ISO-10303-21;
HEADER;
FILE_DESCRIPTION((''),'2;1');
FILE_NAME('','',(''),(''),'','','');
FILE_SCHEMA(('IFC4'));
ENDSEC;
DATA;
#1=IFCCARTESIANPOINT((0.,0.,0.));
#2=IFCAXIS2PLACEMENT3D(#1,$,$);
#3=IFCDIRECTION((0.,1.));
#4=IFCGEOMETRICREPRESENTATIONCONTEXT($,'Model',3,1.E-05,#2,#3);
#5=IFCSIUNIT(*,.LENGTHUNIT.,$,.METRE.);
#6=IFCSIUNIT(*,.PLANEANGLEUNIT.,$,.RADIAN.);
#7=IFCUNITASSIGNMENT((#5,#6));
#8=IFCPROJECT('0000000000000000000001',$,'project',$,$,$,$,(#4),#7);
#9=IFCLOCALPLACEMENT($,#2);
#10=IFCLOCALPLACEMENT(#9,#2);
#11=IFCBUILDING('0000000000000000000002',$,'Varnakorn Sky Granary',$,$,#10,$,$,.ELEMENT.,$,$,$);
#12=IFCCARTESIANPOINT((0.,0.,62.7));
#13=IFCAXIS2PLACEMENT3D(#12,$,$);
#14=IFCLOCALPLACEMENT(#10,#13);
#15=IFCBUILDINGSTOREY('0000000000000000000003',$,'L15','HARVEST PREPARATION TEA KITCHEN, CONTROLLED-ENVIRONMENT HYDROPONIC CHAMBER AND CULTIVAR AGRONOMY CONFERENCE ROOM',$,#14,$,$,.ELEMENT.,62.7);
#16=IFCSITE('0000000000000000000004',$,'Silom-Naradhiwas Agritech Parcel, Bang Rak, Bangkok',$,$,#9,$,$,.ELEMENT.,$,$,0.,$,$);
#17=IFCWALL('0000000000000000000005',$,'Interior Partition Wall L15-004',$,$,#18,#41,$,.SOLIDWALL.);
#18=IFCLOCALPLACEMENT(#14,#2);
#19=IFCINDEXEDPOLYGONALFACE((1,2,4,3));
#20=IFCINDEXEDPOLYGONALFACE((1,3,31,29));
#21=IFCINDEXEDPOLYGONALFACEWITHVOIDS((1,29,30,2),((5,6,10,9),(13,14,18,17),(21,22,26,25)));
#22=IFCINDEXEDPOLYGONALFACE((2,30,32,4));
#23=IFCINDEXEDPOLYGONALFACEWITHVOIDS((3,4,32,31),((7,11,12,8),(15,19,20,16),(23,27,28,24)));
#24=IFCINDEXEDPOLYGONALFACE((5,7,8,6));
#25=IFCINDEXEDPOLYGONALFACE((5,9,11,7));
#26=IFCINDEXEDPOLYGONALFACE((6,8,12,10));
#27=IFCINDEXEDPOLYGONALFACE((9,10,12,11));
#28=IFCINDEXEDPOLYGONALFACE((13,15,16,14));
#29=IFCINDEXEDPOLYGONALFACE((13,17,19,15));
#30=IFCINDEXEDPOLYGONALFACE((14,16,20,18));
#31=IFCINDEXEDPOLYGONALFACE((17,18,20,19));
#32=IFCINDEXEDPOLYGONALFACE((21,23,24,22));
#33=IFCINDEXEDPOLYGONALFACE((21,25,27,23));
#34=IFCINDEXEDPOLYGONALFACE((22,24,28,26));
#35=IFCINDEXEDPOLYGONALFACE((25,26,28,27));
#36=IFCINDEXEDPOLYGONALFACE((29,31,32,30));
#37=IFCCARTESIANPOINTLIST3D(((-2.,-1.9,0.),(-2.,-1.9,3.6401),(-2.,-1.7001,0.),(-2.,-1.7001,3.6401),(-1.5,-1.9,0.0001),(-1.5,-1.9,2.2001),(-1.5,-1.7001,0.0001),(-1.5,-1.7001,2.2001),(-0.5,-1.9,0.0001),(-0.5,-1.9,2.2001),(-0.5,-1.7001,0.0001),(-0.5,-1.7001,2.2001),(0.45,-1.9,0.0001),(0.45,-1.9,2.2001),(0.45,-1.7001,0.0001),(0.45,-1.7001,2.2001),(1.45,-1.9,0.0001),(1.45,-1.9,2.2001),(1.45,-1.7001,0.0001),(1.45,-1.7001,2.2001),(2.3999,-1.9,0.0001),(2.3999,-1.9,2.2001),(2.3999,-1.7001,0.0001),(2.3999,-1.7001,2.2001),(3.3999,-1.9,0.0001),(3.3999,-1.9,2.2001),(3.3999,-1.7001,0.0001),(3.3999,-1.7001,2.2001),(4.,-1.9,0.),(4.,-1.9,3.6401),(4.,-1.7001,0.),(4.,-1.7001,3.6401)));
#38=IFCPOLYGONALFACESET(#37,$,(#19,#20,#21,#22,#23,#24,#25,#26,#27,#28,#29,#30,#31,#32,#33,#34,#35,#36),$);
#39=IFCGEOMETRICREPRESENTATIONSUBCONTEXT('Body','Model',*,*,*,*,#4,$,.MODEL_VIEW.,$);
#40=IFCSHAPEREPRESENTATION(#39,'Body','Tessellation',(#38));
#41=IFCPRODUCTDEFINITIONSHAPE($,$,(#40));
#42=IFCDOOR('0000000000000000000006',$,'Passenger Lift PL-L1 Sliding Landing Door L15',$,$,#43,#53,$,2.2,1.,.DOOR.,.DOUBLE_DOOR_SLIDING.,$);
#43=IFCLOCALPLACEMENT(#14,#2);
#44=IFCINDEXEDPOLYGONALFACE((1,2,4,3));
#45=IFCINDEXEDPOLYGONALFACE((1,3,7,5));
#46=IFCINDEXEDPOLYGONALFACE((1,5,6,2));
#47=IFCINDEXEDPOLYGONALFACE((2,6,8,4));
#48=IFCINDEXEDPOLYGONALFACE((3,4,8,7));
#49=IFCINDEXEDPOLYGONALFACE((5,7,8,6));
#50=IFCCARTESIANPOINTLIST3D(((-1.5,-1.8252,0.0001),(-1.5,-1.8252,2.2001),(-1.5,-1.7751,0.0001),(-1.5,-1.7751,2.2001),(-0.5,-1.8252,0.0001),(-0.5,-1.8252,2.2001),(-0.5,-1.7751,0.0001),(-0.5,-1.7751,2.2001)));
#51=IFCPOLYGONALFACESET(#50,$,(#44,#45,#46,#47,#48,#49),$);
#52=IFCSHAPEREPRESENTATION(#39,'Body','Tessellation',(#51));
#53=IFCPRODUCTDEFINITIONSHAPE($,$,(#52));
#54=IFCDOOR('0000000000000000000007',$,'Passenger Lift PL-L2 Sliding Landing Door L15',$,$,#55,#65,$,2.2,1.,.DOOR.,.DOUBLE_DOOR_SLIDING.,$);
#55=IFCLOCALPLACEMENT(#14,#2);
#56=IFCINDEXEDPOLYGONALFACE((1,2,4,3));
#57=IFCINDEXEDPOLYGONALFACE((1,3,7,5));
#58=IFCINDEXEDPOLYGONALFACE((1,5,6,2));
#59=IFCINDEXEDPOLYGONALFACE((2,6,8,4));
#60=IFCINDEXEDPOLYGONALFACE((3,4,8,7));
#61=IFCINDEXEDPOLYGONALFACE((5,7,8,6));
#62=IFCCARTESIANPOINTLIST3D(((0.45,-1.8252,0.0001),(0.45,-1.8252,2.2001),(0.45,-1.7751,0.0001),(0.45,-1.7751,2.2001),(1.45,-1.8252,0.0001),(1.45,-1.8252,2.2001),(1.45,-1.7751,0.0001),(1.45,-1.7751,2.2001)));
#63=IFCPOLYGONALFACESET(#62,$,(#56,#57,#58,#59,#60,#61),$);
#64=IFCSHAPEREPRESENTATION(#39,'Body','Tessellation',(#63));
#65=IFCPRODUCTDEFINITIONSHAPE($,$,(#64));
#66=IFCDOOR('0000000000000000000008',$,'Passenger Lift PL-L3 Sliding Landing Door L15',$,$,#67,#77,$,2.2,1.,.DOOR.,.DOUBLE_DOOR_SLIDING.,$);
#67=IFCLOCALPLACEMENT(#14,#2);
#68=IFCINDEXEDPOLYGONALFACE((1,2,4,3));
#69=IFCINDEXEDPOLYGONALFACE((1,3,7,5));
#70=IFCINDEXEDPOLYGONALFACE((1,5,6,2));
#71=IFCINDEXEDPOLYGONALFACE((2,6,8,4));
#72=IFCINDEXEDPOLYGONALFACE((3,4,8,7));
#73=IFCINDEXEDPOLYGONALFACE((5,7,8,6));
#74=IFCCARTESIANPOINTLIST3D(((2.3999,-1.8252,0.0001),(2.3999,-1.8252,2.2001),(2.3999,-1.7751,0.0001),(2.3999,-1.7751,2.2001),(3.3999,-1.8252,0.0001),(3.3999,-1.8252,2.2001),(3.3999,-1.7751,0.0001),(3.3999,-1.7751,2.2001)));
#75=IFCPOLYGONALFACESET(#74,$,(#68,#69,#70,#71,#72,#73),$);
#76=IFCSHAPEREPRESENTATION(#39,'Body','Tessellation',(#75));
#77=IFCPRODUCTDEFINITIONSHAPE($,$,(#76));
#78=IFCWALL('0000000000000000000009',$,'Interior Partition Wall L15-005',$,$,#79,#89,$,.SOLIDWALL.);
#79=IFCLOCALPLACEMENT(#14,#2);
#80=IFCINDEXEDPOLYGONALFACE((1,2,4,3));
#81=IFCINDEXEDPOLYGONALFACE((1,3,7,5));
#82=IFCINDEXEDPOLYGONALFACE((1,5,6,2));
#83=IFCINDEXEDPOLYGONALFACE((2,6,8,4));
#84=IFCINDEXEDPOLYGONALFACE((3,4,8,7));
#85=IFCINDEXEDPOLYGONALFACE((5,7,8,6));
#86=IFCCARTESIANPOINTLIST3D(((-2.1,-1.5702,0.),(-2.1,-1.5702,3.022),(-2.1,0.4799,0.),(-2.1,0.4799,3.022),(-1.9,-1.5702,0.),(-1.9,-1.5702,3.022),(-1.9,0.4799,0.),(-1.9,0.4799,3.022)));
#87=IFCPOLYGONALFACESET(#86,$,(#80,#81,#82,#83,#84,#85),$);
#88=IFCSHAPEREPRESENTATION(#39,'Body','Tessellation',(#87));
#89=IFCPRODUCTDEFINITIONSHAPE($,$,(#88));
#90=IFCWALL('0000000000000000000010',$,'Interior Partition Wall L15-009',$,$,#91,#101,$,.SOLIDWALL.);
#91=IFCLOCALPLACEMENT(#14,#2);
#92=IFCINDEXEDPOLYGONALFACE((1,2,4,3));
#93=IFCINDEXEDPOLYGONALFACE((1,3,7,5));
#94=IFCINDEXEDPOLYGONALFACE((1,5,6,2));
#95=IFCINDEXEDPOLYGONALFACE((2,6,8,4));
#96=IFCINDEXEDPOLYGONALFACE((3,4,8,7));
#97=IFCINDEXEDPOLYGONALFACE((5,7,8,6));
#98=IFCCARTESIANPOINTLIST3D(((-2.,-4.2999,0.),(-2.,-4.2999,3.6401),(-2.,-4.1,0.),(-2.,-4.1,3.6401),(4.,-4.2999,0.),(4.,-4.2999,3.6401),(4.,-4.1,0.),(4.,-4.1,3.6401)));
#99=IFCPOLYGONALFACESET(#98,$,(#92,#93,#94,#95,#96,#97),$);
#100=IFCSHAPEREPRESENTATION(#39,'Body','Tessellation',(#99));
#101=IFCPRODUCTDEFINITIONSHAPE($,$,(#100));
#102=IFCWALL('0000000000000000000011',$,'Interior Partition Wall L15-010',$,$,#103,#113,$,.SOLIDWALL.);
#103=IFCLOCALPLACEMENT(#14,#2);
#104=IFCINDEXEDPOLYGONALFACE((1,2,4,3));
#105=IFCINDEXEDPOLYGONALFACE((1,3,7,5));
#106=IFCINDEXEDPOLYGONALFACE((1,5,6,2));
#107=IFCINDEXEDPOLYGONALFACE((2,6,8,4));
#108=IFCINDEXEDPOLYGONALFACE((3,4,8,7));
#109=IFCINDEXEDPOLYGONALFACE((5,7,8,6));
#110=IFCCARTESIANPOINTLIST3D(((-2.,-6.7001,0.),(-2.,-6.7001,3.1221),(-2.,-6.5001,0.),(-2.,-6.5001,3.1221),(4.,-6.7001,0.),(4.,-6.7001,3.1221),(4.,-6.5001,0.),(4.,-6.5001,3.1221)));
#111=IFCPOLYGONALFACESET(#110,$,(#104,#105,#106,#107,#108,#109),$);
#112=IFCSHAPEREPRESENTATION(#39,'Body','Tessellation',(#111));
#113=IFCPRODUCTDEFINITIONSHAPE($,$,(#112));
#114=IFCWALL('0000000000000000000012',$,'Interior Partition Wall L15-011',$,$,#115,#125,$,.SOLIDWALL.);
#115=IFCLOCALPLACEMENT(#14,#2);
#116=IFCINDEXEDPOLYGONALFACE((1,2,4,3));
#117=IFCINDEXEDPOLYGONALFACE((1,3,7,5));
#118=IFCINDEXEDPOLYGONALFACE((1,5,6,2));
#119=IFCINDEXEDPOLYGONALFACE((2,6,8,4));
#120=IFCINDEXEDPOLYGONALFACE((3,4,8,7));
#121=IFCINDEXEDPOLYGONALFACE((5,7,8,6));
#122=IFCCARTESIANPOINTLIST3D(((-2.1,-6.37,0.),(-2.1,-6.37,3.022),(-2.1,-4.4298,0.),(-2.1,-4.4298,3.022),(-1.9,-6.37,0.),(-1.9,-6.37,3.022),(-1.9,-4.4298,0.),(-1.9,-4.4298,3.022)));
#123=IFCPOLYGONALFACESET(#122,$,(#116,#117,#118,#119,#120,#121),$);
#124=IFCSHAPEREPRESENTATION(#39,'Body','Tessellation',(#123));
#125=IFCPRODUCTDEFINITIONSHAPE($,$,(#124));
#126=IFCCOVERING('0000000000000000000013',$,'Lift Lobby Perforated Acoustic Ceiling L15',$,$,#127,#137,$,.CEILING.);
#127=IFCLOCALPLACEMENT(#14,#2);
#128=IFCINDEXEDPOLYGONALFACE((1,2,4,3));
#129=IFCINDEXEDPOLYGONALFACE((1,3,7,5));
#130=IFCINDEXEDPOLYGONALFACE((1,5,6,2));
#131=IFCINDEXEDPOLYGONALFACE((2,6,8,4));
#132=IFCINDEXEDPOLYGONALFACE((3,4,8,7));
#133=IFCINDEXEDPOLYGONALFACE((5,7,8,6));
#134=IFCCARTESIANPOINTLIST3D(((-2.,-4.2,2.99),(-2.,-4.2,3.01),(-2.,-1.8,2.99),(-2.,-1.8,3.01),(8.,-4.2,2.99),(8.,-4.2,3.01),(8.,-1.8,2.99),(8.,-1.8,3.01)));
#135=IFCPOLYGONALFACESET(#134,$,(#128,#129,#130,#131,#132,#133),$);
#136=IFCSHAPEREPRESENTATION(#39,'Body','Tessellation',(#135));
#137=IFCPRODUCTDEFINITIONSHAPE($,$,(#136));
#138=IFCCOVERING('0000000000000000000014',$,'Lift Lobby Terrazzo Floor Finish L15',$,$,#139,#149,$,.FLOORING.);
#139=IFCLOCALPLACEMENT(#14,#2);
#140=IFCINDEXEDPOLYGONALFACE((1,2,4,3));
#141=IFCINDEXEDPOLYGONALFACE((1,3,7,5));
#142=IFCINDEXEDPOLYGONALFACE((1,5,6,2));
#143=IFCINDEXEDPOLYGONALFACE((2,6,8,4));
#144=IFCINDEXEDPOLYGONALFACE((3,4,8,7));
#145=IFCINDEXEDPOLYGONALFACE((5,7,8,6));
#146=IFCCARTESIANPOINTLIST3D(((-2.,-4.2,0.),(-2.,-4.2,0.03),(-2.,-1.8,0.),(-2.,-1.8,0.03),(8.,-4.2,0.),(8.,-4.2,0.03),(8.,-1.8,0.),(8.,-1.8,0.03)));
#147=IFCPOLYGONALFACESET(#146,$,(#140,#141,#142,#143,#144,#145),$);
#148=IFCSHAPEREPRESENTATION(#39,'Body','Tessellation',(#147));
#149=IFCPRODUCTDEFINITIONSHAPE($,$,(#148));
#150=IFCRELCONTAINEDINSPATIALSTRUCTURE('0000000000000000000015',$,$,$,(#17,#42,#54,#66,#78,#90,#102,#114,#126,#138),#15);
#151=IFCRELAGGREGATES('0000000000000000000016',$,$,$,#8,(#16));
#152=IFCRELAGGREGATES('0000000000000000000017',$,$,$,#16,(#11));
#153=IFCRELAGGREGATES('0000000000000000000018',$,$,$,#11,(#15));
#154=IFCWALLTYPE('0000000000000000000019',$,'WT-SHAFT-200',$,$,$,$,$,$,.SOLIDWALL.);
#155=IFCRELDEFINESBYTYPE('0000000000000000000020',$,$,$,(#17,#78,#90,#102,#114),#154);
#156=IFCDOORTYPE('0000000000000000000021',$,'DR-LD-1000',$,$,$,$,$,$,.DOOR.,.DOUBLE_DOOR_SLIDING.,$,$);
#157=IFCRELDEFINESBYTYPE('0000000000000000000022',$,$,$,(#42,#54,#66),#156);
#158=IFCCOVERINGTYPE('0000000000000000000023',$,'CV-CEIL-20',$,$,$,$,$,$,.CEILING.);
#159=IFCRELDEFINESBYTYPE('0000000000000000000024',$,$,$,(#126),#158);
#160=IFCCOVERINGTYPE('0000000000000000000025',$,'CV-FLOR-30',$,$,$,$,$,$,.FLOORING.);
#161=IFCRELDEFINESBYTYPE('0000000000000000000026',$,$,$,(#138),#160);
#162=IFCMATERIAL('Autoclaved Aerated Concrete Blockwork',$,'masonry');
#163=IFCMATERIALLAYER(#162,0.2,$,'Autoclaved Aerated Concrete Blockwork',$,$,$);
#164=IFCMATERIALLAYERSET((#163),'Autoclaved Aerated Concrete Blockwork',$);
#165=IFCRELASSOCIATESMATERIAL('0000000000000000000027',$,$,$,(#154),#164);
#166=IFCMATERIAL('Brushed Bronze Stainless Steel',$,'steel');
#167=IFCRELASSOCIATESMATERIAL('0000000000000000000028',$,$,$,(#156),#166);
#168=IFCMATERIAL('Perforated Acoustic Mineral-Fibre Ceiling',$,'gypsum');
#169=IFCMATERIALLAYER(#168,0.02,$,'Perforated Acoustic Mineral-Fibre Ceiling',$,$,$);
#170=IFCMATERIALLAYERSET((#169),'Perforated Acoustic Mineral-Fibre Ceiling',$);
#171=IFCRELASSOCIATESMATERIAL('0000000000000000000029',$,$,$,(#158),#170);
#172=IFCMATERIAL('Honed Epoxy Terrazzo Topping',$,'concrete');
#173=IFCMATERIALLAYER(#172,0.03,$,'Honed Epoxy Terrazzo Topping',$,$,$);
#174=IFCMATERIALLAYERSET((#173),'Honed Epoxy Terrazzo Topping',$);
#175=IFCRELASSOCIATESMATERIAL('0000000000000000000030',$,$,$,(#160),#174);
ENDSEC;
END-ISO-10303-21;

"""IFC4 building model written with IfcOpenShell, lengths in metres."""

from ifc_helpers import new_model, si_unit, direction, frame, frame_2d, origin, place, context, subcontext, project, spatial, polyline, rectangle, outline, extrude, material, layer, layer_set, type_object, element, fill, save


model = new_model("IFC4")

# Units and contexts
model_context = context("Model", 3, precision=1e-05, world=origin(), true_north=direction((0.0, 1.0)))
body_context = subcontext(model_context, "Body", "Model", "MODEL_VIEW")
ifc_project = project(units=[si_unit("LENGTHUNIT", "METRE"), si_unit("PLANEANGLEUNIT", "RADIAN")], contexts=[model_context])

# Site, building, storey
site_placement = place(None, origin())
site = spatial("IfcSite", under=ifc_project, at=site_placement, Name="Silom-Naradhiwas Agritech Parcel, Bang Rak, Bangkok", CompositionType="ELEMENT", RefElevation=0.0)
building_placement = place(site_placement, origin())
building = spatial("IfcBuilding", under=site, at=building_placement, Name="Varnakorn Sky Granary", CompositionType="ELEMENT")
storey_placement = place(building_placement, frame((0.0, 0.0, 62.7)))
storey = spatial("IfcBuildingStorey", under=building, at=storey_placement, Name="L15", Description="HARVEST PREPARATION TEA KITCHEN, CONTROLLED-ENVIRONMENT HYDROPONIC CHAMBER AND CULTIVAR AGRONOMY CONFERENCE ROOM", CompositionType="ELEMENT", Elevation=62.7)

# Shared definitions
ifc_material_1 = material(Name="Autoclaved Aerated Concrete Blockwork", Category="masonry")

# Wall, openings, doors
ifc_layer_1 = layer(ifc_material_1, 0.2, Name="Autoclaved Aerated Concrete Blockwork")
ifc_layer_set_1 = layer_set([ifc_layer_1], Name="Autoclaved Aerated Concrete Blockwork")
wall_type_1 = type_object("IfcWallType", Name="WT-SHAFT-200", PredefinedType="SOLIDWALL", material=ifc_layer_set_1)
wall_1_placement = place(storey_placement, frame((-2.0, -1.8, 0.0), z_axis=(0.0, 0.0, 1.0), x_axis=(1.0, 0.0, 0.0)))
wall_1 = element("IfcWall", 1, at=wall_1_placement, inside=storey, type_object=wall_type_1, Name="Interior Partition Wall L15-004", PredefinedType="SOLIDWALL", context=body_context, shape_type="SweptSolid", body=[
    extrude(rectangle(XDim=6.0, YDim=0.2, at=frame_2d((3.0, 0.0))), origin(), (0.0, 0.0, 1.0), 3.6401),
])
opening_1_placement = place(wall_1_placement, frame((0.5, 0.0, 0.0)))
opening_1 = element("IfcOpeningElement", 2, at=opening_1_placement, cuts=wall_1, PredefinedType="OPENING", context=body_context, shape_type="SweptSolid", body=[
    extrude(rectangle(XDim=1.0, YDim=2.2, at=frame_2d((0.5, 1.1001))), frame((0.0, 0.1099, 0.0), z_axis=(0.0, -1.0, 0.0), x_axis=(1.0, 0.0, 0.0)), (0.0, 0.0, 1.0), 0.22),
])
opening_2_placement = place(wall_1_placement, frame((2.45, 0.0, 0.0)))
opening_2 = element("IfcOpeningElement", 3, at=opening_2_placement, cuts=wall_1, PredefinedType="OPENING", context=body_context, shape_type="SweptSolid", body=[
    extrude(rectangle(XDim=1.0, YDim=2.2, at=frame_2d((0.5, 1.1001))), frame((0.0, 0.1099, 0.0), z_axis=(0.0, -1.0, 0.0), x_axis=(1.0, 0.0, 0.0)), (0.0, 0.0, 1.0), 0.22),
])
opening_3_placement = place(wall_1_placement, frame((4.3999, 0.0, 0.0)))
opening_3 = element("IfcOpeningElement", 4, at=opening_3_placement, cuts=wall_1, PredefinedType="OPENING", context=body_context, shape_type="SweptSolid", body=[
    extrude(rectangle(XDim=1.0, YDim=2.2, at=frame_2d((0.5, 1.1001))), frame((0.0, 0.1099, 0.0), z_axis=(0.0, -1.0, 0.0), x_axis=(1.0, 0.0, 0.0)), (0.0, 0.0, 1.0), 0.22),
])
ifc_material_2 = material(Name="Brushed Bronze Stainless Steel", Category="steel")
door_type_1 = type_object("IfcDoorType", Name="DR-LD-1000", OperationType="DOUBLE_DOOR_SLIDING", PredefinedType="DOOR", material=ifc_material_2)
door_1_placement = place(opening_1_placement, origin())
door_1 = element("IfcDoor", 5, at=door_1_placement, inside=storey, type_object=door_type_1, Name="Passenger Lift PL-L1 Sliding Landing Door L15", OperationType="DOUBLE_DOOR_SLIDING", OverallHeight=2.2, OverallWidth=1.0, PredefinedType="DOOR", context=body_context, shape_type="SweptSolid", body=[
    extrude(rectangle(XDim=1.0, YDim=2.2, at=frame_2d((0.5, 1.1001))), frame((0.0, 0.0249, 0.0), z_axis=(0.0, -1.0, 0.0), x_axis=(1.0, 0.0, 0.0)), (0.0, 0.0, 1.0), 0.05),
])
fill(opening_1, door_1)
door_2_placement = place(opening_2_placement, origin())
door_2 = element("IfcDoor", 6, at=door_2_placement, inside=storey, type_object=door_type_1, Name="Passenger Lift PL-L2 Sliding Landing Door L15", OperationType="DOUBLE_DOOR_SLIDING", OverallHeight=2.2, OverallWidth=1.0, PredefinedType="DOOR", context=body_context, shape_type="SweptSolid", body=[
    extrude(rectangle(XDim=1.0, YDim=2.2, at=frame_2d((0.5, 1.1001))), frame((0.0, 0.0249, 0.0), z_axis=(0.0, -1.0, 0.0), x_axis=(1.0, 0.0, 0.0)), (0.0, 0.0, 1.0), 0.05),
])
fill(opening_2, door_2)
door_3_placement = place(opening_3_placement, origin())
door_3 = element("IfcDoor", 7, at=door_3_placement, inside=storey, type_object=door_type_1, Name="Passenger Lift PL-L3 Sliding Landing Door L15", OperationType="DOUBLE_DOOR_SLIDING", OverallHeight=2.2, OverallWidth=1.0, PredefinedType="DOOR", context=body_context, shape_type="SweptSolid", body=[
    extrude(rectangle(XDim=1.0, YDim=2.2, at=frame_2d((0.5, 1.1001))), frame((0.0, 0.0249, 0.0), z_axis=(0.0, -1.0, 0.0), x_axis=(1.0, 0.0, 0.0)), (0.0, 0.0, 1.0), 0.05),
])
fill(opening_3, door_3)

# Walls
wall_2_placement = place(storey_placement, frame((-2.0, -1.5701, 0.0), z_axis=(0.0, 0.0, 1.0), x_axis=(0.0, 1.0, 0.0)))
element("IfcWall", 8, at=wall_2_placement, inside=storey, type_object=wall_type_1, Name="Interior Partition Wall L15-005", PredefinedType="SOLIDWALL", context=body_context, shape_type="SweptSolid", body=[
    extrude(rectangle(XDim=2.05, YDim=0.2, at=frame_2d((1.0249, 0.0))), origin(), (0.0, 0.0, 1.0), 3.022),
])
wall_3_placement = place(storey_placement, frame((-2.0, -4.2, 0.0), z_axis=(0.0, 0.0, 1.0), x_axis=(1.0, 0.0, 0.0)))
element("IfcWall", 9, at=wall_3_placement, inside=storey, type_object=wall_type_1, Name="Interior Partition Wall L15-009", PredefinedType="SOLIDWALL", context=body_context, shape_type="SweptSolid", body=[
    extrude(rectangle(XDim=6.0, YDim=0.2, at=frame_2d((3.0, 0.0))), origin(), (0.0, 0.0, 1.0), 3.6401),
])
wall_4_placement = place(storey_placement, frame((-2.0, -6.6001, 0.0), z_axis=(0.0, 0.0, 1.0), x_axis=(1.0, 0.0, 0.0)))
element("IfcWall", 10, at=wall_4_placement, inside=storey, type_object=wall_type_1, Name="Interior Partition Wall L15-010", PredefinedType="SOLIDWALL", context=body_context, shape_type="SweptSolid", body=[
    extrude(rectangle(XDim=6.0, YDim=0.2, at=frame_2d((3.0, 0.0))), origin(), (0.0, 0.0, 1.0), 3.1221),
])
wall_5_placement = place(storey_placement, frame((-2.0, -6.3701, 0.0), z_axis=(0.0, 0.0, 1.0), x_axis=(0.0, 1.0, 0.0)))
element("IfcWall", 11, at=wall_5_placement, inside=storey, type_object=wall_type_1, Name="Interior Partition Wall L15-011", PredefinedType="SOLIDWALL", context=body_context, shape_type="SweptSolid", body=[
    extrude(rectangle(XDim=1.9402, YDim=0.2, at=frame_2d((0.9702, 0.0))), origin(), (0.0, 0.0, 1.0), 3.022),
])

# Coverings
ifc_material_3 = material(Name="Perforated Acoustic Mineral-Fibre Ceiling", Category="gypsum")
ifc_layer_2 = layer(ifc_material_3, 0.02, Name="Perforated Acoustic Mineral-Fibre Ceiling")
ifc_layer_set_2 = layer_set([ifc_layer_2], Name="Perforated Acoustic Mineral-Fibre Ceiling")
covering_type_1 = type_object("IfcCoveringType", Name="CV-CEIL-20", PredefinedType="CEILING", material=ifc_layer_set_2)
covering_1_placement = place(storey_placement, frame((0.0, 0.0, 2.99)))
element("IfcCovering", 12, at=covering_1_placement, inside=storey, type_object=covering_type_1, Name="Lift Lobby Perforated Acoustic Ceiling L15", PredefinedType="CEILING", context=body_context, shape_type="SweptSolid", body=[
    extrude(outline(polyline([(-2.0, -4.2), (8.0, -4.2), (8.0, -1.8), (-2.0, -1.8), (-2.0, -4.2)])), origin(), (0.0, 0.0, 1.0), 0.02),
])
ifc_material_4 = material(Name="Honed Epoxy Terrazzo Topping", Category="concrete")
ifc_layer_3 = layer(ifc_material_4, 0.03, Name="Honed Epoxy Terrazzo Topping")
ifc_layer_set_3 = layer_set([ifc_layer_3], Name="Honed Epoxy Terrazzo Topping")
covering_type_2 = type_object("IfcCoveringType", Name="CV-FLOR-30", PredefinedType="FLOORING", material=ifc_layer_set_3)
covering_2_placement = place(storey_placement, origin())
element("IfcCovering", 13, at=covering_2_placement, inside=storey, type_object=covering_type_2, Name="Lift Lobby Terrazzo Floor Finish L15", PredefinedType="FLOORING", context=body_context, shape_type="SweptSolid", body=[
    extrude(outline(polyline([(-2.0, -4.2), (8.0, -4.2), (8.0, -1.8), (-2.0, -1.8), (-2.0, -4.2)])), origin(), (0.0, 0.0, 1.0), 0.03),
])

save(model, "model.ifc")
